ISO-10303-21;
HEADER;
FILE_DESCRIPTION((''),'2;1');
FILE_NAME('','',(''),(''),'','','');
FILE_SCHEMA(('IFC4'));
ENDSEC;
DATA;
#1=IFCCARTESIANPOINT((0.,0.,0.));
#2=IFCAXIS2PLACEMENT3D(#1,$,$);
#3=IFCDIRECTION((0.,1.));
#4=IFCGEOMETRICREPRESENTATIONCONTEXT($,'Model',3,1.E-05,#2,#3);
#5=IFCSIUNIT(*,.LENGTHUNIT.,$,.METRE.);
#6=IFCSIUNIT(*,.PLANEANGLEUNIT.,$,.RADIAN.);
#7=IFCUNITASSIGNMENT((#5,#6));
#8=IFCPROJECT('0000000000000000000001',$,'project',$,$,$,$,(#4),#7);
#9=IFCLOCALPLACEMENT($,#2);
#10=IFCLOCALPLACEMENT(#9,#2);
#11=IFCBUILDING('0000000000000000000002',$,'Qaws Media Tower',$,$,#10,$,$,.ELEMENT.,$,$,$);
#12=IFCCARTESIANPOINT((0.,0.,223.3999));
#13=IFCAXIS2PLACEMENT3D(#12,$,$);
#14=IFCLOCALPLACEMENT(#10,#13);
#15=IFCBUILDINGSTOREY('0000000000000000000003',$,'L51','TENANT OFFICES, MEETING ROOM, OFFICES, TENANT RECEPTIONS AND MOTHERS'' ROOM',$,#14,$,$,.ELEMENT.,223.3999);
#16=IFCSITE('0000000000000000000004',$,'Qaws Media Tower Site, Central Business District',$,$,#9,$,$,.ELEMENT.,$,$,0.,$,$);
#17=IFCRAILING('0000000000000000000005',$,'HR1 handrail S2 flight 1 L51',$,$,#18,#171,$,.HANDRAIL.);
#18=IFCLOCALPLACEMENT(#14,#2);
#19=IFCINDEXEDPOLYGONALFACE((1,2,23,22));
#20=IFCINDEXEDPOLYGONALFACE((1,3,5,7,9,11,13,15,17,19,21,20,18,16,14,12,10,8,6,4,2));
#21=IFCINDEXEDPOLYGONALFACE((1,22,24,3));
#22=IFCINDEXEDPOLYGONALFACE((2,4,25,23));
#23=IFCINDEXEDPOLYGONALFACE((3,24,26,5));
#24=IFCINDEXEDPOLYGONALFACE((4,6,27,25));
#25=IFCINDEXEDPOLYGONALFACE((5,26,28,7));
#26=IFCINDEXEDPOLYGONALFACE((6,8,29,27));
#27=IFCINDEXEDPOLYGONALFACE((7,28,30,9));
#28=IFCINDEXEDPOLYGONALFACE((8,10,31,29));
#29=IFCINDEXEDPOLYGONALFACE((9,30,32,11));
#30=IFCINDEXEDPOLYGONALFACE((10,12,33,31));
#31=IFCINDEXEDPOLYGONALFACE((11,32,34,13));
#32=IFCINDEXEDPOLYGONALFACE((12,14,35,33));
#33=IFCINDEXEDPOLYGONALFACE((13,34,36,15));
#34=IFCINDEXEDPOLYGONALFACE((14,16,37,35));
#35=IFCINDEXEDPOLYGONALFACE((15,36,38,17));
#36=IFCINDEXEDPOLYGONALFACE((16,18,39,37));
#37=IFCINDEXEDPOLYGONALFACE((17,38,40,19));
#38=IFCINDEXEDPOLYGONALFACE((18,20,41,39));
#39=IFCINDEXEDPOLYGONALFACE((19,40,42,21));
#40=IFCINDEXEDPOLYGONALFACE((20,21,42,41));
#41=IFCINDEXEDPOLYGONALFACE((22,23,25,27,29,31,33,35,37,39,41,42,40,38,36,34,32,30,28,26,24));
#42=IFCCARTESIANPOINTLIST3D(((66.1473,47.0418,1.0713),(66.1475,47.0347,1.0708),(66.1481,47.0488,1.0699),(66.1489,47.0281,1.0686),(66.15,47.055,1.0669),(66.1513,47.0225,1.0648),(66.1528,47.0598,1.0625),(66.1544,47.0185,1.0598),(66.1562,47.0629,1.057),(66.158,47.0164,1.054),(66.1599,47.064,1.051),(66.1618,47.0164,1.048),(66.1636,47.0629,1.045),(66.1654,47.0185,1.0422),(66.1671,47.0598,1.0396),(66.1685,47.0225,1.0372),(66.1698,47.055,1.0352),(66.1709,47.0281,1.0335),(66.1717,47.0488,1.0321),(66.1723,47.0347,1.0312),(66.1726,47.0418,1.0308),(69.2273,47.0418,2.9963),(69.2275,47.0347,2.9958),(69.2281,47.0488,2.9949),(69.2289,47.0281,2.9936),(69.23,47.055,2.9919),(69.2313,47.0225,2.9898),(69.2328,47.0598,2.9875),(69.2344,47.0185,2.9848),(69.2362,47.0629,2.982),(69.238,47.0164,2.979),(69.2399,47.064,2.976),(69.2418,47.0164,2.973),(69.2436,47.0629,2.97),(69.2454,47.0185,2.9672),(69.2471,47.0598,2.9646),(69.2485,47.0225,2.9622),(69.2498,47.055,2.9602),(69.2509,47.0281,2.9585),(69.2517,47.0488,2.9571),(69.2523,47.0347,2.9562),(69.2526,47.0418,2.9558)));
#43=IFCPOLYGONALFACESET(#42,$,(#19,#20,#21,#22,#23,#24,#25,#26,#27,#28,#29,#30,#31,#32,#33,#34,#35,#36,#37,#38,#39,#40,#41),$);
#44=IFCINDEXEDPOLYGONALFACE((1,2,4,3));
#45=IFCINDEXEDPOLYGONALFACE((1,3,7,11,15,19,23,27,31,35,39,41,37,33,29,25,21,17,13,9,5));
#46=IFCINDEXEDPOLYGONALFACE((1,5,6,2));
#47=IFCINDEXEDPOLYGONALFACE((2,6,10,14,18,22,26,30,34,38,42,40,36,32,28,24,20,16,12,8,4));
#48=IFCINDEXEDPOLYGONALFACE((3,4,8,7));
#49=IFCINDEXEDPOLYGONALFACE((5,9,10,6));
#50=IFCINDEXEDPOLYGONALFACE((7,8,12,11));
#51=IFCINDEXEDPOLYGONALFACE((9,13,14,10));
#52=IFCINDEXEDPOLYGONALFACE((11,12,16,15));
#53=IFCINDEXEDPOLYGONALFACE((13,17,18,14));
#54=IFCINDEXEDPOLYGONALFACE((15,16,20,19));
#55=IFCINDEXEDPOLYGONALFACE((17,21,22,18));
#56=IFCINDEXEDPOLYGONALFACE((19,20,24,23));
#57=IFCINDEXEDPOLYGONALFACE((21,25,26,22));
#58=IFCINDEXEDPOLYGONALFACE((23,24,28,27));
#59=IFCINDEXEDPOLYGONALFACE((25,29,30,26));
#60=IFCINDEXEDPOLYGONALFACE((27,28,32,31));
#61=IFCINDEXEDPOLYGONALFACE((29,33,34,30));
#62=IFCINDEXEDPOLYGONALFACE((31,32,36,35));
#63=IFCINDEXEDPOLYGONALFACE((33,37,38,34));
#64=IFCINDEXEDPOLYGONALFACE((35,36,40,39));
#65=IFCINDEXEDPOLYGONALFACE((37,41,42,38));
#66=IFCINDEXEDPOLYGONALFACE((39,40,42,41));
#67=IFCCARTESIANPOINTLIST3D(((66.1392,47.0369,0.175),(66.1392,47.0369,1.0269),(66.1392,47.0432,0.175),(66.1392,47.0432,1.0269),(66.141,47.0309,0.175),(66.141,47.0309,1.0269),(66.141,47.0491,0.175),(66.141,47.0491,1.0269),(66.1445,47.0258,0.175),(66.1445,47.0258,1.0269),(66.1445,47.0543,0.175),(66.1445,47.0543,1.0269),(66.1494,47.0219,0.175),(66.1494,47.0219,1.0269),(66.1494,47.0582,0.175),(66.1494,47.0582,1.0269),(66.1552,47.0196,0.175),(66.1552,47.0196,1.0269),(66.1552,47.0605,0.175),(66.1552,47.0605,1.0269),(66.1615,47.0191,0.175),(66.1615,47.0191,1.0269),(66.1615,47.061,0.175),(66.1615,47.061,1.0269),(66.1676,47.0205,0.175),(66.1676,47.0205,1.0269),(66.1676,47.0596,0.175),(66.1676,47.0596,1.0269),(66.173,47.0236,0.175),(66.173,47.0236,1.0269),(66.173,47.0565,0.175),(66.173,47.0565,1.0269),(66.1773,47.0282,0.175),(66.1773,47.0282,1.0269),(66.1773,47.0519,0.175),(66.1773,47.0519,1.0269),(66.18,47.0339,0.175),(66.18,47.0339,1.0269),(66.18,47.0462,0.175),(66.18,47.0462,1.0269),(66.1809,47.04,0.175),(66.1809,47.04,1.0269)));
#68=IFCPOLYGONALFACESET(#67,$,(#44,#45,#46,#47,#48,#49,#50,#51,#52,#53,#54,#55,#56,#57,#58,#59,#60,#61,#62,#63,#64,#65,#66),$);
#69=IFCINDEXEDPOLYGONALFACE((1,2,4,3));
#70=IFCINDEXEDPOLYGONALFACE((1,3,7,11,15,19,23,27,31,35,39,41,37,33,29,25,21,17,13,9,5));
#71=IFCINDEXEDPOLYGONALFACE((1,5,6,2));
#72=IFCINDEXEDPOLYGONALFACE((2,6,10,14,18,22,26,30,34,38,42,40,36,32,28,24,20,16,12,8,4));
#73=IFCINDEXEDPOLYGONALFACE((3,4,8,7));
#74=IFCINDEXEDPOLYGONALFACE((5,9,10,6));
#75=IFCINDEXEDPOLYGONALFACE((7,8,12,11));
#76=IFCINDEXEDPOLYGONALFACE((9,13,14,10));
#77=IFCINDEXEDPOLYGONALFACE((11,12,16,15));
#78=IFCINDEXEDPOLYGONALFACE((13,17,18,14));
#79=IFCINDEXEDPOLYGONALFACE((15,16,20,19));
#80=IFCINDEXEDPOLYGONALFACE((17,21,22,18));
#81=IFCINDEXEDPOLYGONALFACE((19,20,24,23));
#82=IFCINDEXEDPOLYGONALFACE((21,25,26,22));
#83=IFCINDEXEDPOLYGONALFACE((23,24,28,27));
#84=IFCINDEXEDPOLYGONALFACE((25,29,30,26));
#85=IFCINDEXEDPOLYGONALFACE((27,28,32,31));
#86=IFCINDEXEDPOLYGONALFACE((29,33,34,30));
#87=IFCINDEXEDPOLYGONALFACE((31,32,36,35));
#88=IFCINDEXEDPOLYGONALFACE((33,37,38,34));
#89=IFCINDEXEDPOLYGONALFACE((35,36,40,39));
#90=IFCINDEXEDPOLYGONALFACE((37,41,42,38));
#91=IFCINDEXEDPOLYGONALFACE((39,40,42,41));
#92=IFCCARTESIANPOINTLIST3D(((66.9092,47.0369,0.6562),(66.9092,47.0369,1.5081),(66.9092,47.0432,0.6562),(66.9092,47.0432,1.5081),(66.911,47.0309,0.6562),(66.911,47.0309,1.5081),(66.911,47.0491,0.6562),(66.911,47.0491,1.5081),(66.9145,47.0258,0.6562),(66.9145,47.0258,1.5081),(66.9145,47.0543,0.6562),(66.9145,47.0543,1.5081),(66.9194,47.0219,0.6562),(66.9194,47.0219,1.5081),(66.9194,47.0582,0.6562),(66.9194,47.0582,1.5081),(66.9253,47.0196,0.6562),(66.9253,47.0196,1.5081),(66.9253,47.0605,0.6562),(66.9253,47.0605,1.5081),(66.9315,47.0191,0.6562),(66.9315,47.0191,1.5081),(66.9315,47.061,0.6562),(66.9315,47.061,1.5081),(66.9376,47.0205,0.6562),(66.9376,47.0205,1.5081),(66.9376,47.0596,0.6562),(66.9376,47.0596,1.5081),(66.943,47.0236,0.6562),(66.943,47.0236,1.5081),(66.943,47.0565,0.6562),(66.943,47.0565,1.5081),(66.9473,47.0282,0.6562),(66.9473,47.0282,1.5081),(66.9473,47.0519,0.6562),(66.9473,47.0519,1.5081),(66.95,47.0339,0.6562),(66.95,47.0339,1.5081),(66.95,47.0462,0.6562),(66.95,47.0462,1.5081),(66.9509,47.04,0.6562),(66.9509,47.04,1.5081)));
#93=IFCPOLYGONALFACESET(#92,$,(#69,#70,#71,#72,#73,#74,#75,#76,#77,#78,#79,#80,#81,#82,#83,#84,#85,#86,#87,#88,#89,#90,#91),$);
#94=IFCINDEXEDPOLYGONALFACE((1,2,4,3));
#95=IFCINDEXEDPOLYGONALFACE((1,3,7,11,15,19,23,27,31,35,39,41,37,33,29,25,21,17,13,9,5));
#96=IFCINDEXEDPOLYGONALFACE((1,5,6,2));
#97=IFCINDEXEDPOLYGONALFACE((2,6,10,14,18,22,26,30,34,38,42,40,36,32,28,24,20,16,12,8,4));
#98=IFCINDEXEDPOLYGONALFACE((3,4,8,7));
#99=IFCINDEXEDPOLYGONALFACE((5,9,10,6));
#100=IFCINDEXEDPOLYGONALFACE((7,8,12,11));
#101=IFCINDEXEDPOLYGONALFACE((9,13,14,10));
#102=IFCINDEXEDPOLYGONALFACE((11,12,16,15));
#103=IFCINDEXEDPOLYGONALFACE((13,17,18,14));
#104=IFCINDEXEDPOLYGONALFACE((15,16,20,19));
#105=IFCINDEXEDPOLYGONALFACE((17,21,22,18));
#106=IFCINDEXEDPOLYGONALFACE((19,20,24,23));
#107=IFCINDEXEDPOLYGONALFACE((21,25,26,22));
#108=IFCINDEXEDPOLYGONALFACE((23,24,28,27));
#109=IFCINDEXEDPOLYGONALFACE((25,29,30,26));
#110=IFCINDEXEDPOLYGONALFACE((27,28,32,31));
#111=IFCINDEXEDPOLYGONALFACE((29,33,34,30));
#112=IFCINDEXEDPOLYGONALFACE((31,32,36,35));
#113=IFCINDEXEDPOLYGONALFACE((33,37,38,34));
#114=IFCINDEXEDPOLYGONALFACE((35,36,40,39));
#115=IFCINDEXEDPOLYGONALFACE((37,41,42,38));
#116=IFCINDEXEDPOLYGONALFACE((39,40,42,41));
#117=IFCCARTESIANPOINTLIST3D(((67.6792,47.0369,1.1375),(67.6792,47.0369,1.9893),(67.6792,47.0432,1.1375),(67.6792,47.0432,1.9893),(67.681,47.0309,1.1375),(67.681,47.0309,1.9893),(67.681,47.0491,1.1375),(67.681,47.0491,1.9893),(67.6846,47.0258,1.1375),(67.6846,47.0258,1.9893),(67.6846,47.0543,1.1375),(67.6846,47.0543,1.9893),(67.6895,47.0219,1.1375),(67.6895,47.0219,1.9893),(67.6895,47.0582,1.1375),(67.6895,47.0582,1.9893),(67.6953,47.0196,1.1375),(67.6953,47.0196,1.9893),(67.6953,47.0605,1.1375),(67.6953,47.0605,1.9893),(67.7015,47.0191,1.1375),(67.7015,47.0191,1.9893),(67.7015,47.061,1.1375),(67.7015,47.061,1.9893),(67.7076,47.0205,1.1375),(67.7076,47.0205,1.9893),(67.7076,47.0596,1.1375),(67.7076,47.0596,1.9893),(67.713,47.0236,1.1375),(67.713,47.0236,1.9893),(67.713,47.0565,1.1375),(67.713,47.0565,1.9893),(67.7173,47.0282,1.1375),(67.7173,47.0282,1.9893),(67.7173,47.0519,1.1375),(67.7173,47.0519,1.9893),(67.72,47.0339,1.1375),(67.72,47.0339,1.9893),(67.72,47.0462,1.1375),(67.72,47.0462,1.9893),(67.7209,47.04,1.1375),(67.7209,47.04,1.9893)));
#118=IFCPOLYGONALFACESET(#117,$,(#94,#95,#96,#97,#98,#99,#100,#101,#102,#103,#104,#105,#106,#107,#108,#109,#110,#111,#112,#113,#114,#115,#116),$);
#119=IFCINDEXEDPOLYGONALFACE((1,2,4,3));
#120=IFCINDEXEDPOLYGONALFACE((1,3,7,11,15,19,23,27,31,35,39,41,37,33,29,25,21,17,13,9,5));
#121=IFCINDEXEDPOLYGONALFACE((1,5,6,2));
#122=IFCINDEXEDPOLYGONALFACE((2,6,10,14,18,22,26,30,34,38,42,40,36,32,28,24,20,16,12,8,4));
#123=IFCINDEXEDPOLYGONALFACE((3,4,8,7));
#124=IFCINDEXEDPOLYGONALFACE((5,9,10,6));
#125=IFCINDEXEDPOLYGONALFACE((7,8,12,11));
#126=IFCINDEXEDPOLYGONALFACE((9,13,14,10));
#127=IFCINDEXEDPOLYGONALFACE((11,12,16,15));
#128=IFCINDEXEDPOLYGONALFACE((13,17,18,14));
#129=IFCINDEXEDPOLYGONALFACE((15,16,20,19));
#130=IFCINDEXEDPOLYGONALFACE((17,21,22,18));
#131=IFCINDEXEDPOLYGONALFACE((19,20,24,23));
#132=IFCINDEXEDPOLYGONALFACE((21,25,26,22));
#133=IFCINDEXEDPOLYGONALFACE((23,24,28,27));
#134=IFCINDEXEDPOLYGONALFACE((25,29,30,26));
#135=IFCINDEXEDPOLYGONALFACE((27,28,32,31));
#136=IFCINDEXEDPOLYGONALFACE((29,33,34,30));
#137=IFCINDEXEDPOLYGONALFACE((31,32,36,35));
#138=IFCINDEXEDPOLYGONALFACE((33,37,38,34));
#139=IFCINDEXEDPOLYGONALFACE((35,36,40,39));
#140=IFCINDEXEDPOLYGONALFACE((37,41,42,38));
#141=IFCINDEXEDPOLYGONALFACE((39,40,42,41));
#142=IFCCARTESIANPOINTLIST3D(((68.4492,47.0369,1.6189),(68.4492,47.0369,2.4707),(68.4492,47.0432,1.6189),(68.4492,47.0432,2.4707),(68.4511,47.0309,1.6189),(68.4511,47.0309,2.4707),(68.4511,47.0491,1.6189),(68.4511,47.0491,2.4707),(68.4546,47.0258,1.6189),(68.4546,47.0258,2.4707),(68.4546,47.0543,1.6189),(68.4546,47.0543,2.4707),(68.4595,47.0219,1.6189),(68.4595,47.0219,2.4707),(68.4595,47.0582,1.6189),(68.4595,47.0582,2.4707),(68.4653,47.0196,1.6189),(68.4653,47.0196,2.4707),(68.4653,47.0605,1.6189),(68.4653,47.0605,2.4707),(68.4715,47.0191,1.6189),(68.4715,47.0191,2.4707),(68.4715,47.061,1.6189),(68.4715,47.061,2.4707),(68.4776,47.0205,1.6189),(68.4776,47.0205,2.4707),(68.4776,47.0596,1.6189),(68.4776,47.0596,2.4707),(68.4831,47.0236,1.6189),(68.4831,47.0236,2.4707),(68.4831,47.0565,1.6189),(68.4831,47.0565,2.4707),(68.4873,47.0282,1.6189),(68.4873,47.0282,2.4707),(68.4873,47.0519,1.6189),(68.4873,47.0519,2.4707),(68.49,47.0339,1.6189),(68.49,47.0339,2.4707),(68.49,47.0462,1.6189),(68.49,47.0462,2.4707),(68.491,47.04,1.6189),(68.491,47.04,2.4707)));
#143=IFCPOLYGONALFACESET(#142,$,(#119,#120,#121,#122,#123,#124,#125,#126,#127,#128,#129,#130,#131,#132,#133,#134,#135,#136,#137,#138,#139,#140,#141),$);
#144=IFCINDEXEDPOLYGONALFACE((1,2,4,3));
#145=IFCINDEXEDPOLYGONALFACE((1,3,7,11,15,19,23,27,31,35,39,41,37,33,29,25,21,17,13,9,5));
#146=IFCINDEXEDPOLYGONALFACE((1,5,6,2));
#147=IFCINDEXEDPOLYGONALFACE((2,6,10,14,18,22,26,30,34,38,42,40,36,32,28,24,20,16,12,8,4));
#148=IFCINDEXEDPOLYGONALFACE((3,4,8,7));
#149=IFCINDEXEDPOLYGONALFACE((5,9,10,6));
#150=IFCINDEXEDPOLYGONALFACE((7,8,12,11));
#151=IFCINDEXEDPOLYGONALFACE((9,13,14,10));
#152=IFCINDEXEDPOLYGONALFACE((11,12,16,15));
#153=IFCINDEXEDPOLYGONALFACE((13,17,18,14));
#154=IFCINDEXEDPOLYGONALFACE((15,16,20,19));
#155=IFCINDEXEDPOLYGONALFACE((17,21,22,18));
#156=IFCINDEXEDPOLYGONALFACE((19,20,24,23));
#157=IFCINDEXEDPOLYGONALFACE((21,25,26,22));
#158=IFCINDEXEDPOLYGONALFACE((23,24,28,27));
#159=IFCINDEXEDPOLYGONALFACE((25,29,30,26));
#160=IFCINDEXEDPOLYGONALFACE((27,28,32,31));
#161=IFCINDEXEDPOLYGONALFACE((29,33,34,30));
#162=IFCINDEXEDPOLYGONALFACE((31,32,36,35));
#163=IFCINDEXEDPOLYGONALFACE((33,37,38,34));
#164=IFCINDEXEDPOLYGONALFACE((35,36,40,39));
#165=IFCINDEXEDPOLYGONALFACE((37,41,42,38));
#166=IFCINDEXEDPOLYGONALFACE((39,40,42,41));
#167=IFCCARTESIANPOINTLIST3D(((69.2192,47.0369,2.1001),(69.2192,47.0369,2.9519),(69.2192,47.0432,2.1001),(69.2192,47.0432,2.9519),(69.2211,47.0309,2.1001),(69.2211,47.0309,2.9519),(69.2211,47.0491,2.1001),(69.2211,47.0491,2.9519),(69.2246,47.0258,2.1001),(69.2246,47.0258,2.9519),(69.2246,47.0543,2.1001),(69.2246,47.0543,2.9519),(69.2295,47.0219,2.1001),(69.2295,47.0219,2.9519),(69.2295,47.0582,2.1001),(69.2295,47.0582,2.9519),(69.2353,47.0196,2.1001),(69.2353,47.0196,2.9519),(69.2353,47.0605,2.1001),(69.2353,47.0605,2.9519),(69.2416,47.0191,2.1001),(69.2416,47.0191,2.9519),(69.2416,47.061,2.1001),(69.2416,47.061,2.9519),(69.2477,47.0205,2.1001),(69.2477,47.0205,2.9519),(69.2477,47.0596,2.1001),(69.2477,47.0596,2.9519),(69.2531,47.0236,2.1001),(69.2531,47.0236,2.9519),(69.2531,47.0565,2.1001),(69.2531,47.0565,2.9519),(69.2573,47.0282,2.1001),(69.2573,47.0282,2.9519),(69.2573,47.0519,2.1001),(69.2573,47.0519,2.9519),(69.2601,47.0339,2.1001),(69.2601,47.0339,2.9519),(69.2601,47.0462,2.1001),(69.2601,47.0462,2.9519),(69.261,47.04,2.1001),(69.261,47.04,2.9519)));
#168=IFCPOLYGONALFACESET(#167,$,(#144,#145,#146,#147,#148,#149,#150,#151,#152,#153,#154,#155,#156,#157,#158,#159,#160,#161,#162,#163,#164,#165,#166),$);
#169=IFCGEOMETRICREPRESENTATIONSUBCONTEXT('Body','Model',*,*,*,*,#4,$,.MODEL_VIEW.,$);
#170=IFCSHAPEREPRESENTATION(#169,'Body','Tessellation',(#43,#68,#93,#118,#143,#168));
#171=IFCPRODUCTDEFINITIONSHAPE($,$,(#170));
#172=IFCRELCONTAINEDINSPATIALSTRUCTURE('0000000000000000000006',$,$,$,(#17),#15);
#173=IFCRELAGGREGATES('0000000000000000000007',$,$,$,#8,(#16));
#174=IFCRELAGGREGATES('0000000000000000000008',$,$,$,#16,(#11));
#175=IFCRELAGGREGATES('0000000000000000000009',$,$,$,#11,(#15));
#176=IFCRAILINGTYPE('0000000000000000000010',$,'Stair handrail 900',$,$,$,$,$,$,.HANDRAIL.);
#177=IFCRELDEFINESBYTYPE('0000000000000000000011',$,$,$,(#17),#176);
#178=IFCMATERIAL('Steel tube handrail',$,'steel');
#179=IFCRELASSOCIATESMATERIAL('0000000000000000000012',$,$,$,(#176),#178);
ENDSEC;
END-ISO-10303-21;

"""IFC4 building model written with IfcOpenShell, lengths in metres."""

from ifc_helpers import new_model, si_unit, direction, frame, origin, origin_2d, place, context, subcontext, project, spatial, circle, extrude, material, type_object, element, save


model = new_model("IFC4")

# Units and contexts
model_context = context("Model", 3, precision=1e-05, world=origin(), true_north=direction((0.0, 1.0)))
body_context = subcontext(model_context, "Body", "Model", "MODEL_VIEW")
ifc_project = project(units=[si_unit("LENGTHUNIT", "METRE"), si_unit("PLANEANGLEUNIT", "RADIAN")], contexts=[model_context])

# Site, building, storey
site_placement = place(None, origin())
site = spatial("IfcSite", under=ifc_project, at=site_placement, Name="Qaws Media Tower Site, Central Business District", CompositionType="ELEMENT", RefElevation=0.0)
building_placement = place(site_placement, origin())
building = spatial("IfcBuilding", under=site, at=building_placement, Name="Qaws Media Tower", CompositionType="ELEMENT")
storey_placement = place(building_placement, frame((0.0, 0.0, 223.3999)))
storey = spatial("IfcBuildingStorey", under=building, at=storey_placement, Name="L51", Description="TENANT OFFICES, MEETING ROOM, OFFICES, TENANT RECEPTIONS AND MOTHERS' ROOM", CompositionType="ELEMENT", Elevation=223.3999)

# Railing
ifc_material_1 = material(Name="Steel tube handrail", Category="steel")
railing_type = type_object("IfcRailingType", Name="Stair handrail 900", PredefinedType="HANDRAIL", material=ifc_material_1)
railing_placement = place(storey_placement, frame((66.1599, 47.04, 0.175)))
element("IfcRailing", 1, at=railing_placement, inside=storey, type_object=railing_type, Name="HR1 handrail S2 flight 1 L51", PredefinedType="HANDRAIL", context=body_context, shape_type="SweptSolid", body=[
    extrude(circle(Radius=0.0239, at=origin_2d()), frame((0.0, 0.0, 0.876), z_axis=(0.847998, 0.0, 0.529999), x_axis=(0.0, 1.0, 0.0)), (0.0, 0.0, 1.0), 3.6321),
    extrude(circle(Radius=0.021, at=origin_2d()), origin(), (0.0, 0.0, 1.0), 0.8518),
    extrude(circle(Radius=0.021, at=origin_2d()), frame((0.77, 0.0, 0.4812)), (0.0, 0.0, 1.0), 0.8518),
    extrude(circle(Radius=0.021, at=origin_2d()), frame((1.54, 0.0, 0.9624)), (0.0, 0.0, 1.0), 0.8518),
    extrude(circle(Radius=0.021, at=origin_2d()), frame((2.3101, 0.0, 1.4438)), (0.0, 0.0, 1.0), 0.8518),
    extrude(circle(Radius=0.021, at=origin_2d()), frame((3.0801, 0.0, 1.925)), (0.0, 0.0, 1.0), 0.8518),
])

save(model, "model.ifc")
